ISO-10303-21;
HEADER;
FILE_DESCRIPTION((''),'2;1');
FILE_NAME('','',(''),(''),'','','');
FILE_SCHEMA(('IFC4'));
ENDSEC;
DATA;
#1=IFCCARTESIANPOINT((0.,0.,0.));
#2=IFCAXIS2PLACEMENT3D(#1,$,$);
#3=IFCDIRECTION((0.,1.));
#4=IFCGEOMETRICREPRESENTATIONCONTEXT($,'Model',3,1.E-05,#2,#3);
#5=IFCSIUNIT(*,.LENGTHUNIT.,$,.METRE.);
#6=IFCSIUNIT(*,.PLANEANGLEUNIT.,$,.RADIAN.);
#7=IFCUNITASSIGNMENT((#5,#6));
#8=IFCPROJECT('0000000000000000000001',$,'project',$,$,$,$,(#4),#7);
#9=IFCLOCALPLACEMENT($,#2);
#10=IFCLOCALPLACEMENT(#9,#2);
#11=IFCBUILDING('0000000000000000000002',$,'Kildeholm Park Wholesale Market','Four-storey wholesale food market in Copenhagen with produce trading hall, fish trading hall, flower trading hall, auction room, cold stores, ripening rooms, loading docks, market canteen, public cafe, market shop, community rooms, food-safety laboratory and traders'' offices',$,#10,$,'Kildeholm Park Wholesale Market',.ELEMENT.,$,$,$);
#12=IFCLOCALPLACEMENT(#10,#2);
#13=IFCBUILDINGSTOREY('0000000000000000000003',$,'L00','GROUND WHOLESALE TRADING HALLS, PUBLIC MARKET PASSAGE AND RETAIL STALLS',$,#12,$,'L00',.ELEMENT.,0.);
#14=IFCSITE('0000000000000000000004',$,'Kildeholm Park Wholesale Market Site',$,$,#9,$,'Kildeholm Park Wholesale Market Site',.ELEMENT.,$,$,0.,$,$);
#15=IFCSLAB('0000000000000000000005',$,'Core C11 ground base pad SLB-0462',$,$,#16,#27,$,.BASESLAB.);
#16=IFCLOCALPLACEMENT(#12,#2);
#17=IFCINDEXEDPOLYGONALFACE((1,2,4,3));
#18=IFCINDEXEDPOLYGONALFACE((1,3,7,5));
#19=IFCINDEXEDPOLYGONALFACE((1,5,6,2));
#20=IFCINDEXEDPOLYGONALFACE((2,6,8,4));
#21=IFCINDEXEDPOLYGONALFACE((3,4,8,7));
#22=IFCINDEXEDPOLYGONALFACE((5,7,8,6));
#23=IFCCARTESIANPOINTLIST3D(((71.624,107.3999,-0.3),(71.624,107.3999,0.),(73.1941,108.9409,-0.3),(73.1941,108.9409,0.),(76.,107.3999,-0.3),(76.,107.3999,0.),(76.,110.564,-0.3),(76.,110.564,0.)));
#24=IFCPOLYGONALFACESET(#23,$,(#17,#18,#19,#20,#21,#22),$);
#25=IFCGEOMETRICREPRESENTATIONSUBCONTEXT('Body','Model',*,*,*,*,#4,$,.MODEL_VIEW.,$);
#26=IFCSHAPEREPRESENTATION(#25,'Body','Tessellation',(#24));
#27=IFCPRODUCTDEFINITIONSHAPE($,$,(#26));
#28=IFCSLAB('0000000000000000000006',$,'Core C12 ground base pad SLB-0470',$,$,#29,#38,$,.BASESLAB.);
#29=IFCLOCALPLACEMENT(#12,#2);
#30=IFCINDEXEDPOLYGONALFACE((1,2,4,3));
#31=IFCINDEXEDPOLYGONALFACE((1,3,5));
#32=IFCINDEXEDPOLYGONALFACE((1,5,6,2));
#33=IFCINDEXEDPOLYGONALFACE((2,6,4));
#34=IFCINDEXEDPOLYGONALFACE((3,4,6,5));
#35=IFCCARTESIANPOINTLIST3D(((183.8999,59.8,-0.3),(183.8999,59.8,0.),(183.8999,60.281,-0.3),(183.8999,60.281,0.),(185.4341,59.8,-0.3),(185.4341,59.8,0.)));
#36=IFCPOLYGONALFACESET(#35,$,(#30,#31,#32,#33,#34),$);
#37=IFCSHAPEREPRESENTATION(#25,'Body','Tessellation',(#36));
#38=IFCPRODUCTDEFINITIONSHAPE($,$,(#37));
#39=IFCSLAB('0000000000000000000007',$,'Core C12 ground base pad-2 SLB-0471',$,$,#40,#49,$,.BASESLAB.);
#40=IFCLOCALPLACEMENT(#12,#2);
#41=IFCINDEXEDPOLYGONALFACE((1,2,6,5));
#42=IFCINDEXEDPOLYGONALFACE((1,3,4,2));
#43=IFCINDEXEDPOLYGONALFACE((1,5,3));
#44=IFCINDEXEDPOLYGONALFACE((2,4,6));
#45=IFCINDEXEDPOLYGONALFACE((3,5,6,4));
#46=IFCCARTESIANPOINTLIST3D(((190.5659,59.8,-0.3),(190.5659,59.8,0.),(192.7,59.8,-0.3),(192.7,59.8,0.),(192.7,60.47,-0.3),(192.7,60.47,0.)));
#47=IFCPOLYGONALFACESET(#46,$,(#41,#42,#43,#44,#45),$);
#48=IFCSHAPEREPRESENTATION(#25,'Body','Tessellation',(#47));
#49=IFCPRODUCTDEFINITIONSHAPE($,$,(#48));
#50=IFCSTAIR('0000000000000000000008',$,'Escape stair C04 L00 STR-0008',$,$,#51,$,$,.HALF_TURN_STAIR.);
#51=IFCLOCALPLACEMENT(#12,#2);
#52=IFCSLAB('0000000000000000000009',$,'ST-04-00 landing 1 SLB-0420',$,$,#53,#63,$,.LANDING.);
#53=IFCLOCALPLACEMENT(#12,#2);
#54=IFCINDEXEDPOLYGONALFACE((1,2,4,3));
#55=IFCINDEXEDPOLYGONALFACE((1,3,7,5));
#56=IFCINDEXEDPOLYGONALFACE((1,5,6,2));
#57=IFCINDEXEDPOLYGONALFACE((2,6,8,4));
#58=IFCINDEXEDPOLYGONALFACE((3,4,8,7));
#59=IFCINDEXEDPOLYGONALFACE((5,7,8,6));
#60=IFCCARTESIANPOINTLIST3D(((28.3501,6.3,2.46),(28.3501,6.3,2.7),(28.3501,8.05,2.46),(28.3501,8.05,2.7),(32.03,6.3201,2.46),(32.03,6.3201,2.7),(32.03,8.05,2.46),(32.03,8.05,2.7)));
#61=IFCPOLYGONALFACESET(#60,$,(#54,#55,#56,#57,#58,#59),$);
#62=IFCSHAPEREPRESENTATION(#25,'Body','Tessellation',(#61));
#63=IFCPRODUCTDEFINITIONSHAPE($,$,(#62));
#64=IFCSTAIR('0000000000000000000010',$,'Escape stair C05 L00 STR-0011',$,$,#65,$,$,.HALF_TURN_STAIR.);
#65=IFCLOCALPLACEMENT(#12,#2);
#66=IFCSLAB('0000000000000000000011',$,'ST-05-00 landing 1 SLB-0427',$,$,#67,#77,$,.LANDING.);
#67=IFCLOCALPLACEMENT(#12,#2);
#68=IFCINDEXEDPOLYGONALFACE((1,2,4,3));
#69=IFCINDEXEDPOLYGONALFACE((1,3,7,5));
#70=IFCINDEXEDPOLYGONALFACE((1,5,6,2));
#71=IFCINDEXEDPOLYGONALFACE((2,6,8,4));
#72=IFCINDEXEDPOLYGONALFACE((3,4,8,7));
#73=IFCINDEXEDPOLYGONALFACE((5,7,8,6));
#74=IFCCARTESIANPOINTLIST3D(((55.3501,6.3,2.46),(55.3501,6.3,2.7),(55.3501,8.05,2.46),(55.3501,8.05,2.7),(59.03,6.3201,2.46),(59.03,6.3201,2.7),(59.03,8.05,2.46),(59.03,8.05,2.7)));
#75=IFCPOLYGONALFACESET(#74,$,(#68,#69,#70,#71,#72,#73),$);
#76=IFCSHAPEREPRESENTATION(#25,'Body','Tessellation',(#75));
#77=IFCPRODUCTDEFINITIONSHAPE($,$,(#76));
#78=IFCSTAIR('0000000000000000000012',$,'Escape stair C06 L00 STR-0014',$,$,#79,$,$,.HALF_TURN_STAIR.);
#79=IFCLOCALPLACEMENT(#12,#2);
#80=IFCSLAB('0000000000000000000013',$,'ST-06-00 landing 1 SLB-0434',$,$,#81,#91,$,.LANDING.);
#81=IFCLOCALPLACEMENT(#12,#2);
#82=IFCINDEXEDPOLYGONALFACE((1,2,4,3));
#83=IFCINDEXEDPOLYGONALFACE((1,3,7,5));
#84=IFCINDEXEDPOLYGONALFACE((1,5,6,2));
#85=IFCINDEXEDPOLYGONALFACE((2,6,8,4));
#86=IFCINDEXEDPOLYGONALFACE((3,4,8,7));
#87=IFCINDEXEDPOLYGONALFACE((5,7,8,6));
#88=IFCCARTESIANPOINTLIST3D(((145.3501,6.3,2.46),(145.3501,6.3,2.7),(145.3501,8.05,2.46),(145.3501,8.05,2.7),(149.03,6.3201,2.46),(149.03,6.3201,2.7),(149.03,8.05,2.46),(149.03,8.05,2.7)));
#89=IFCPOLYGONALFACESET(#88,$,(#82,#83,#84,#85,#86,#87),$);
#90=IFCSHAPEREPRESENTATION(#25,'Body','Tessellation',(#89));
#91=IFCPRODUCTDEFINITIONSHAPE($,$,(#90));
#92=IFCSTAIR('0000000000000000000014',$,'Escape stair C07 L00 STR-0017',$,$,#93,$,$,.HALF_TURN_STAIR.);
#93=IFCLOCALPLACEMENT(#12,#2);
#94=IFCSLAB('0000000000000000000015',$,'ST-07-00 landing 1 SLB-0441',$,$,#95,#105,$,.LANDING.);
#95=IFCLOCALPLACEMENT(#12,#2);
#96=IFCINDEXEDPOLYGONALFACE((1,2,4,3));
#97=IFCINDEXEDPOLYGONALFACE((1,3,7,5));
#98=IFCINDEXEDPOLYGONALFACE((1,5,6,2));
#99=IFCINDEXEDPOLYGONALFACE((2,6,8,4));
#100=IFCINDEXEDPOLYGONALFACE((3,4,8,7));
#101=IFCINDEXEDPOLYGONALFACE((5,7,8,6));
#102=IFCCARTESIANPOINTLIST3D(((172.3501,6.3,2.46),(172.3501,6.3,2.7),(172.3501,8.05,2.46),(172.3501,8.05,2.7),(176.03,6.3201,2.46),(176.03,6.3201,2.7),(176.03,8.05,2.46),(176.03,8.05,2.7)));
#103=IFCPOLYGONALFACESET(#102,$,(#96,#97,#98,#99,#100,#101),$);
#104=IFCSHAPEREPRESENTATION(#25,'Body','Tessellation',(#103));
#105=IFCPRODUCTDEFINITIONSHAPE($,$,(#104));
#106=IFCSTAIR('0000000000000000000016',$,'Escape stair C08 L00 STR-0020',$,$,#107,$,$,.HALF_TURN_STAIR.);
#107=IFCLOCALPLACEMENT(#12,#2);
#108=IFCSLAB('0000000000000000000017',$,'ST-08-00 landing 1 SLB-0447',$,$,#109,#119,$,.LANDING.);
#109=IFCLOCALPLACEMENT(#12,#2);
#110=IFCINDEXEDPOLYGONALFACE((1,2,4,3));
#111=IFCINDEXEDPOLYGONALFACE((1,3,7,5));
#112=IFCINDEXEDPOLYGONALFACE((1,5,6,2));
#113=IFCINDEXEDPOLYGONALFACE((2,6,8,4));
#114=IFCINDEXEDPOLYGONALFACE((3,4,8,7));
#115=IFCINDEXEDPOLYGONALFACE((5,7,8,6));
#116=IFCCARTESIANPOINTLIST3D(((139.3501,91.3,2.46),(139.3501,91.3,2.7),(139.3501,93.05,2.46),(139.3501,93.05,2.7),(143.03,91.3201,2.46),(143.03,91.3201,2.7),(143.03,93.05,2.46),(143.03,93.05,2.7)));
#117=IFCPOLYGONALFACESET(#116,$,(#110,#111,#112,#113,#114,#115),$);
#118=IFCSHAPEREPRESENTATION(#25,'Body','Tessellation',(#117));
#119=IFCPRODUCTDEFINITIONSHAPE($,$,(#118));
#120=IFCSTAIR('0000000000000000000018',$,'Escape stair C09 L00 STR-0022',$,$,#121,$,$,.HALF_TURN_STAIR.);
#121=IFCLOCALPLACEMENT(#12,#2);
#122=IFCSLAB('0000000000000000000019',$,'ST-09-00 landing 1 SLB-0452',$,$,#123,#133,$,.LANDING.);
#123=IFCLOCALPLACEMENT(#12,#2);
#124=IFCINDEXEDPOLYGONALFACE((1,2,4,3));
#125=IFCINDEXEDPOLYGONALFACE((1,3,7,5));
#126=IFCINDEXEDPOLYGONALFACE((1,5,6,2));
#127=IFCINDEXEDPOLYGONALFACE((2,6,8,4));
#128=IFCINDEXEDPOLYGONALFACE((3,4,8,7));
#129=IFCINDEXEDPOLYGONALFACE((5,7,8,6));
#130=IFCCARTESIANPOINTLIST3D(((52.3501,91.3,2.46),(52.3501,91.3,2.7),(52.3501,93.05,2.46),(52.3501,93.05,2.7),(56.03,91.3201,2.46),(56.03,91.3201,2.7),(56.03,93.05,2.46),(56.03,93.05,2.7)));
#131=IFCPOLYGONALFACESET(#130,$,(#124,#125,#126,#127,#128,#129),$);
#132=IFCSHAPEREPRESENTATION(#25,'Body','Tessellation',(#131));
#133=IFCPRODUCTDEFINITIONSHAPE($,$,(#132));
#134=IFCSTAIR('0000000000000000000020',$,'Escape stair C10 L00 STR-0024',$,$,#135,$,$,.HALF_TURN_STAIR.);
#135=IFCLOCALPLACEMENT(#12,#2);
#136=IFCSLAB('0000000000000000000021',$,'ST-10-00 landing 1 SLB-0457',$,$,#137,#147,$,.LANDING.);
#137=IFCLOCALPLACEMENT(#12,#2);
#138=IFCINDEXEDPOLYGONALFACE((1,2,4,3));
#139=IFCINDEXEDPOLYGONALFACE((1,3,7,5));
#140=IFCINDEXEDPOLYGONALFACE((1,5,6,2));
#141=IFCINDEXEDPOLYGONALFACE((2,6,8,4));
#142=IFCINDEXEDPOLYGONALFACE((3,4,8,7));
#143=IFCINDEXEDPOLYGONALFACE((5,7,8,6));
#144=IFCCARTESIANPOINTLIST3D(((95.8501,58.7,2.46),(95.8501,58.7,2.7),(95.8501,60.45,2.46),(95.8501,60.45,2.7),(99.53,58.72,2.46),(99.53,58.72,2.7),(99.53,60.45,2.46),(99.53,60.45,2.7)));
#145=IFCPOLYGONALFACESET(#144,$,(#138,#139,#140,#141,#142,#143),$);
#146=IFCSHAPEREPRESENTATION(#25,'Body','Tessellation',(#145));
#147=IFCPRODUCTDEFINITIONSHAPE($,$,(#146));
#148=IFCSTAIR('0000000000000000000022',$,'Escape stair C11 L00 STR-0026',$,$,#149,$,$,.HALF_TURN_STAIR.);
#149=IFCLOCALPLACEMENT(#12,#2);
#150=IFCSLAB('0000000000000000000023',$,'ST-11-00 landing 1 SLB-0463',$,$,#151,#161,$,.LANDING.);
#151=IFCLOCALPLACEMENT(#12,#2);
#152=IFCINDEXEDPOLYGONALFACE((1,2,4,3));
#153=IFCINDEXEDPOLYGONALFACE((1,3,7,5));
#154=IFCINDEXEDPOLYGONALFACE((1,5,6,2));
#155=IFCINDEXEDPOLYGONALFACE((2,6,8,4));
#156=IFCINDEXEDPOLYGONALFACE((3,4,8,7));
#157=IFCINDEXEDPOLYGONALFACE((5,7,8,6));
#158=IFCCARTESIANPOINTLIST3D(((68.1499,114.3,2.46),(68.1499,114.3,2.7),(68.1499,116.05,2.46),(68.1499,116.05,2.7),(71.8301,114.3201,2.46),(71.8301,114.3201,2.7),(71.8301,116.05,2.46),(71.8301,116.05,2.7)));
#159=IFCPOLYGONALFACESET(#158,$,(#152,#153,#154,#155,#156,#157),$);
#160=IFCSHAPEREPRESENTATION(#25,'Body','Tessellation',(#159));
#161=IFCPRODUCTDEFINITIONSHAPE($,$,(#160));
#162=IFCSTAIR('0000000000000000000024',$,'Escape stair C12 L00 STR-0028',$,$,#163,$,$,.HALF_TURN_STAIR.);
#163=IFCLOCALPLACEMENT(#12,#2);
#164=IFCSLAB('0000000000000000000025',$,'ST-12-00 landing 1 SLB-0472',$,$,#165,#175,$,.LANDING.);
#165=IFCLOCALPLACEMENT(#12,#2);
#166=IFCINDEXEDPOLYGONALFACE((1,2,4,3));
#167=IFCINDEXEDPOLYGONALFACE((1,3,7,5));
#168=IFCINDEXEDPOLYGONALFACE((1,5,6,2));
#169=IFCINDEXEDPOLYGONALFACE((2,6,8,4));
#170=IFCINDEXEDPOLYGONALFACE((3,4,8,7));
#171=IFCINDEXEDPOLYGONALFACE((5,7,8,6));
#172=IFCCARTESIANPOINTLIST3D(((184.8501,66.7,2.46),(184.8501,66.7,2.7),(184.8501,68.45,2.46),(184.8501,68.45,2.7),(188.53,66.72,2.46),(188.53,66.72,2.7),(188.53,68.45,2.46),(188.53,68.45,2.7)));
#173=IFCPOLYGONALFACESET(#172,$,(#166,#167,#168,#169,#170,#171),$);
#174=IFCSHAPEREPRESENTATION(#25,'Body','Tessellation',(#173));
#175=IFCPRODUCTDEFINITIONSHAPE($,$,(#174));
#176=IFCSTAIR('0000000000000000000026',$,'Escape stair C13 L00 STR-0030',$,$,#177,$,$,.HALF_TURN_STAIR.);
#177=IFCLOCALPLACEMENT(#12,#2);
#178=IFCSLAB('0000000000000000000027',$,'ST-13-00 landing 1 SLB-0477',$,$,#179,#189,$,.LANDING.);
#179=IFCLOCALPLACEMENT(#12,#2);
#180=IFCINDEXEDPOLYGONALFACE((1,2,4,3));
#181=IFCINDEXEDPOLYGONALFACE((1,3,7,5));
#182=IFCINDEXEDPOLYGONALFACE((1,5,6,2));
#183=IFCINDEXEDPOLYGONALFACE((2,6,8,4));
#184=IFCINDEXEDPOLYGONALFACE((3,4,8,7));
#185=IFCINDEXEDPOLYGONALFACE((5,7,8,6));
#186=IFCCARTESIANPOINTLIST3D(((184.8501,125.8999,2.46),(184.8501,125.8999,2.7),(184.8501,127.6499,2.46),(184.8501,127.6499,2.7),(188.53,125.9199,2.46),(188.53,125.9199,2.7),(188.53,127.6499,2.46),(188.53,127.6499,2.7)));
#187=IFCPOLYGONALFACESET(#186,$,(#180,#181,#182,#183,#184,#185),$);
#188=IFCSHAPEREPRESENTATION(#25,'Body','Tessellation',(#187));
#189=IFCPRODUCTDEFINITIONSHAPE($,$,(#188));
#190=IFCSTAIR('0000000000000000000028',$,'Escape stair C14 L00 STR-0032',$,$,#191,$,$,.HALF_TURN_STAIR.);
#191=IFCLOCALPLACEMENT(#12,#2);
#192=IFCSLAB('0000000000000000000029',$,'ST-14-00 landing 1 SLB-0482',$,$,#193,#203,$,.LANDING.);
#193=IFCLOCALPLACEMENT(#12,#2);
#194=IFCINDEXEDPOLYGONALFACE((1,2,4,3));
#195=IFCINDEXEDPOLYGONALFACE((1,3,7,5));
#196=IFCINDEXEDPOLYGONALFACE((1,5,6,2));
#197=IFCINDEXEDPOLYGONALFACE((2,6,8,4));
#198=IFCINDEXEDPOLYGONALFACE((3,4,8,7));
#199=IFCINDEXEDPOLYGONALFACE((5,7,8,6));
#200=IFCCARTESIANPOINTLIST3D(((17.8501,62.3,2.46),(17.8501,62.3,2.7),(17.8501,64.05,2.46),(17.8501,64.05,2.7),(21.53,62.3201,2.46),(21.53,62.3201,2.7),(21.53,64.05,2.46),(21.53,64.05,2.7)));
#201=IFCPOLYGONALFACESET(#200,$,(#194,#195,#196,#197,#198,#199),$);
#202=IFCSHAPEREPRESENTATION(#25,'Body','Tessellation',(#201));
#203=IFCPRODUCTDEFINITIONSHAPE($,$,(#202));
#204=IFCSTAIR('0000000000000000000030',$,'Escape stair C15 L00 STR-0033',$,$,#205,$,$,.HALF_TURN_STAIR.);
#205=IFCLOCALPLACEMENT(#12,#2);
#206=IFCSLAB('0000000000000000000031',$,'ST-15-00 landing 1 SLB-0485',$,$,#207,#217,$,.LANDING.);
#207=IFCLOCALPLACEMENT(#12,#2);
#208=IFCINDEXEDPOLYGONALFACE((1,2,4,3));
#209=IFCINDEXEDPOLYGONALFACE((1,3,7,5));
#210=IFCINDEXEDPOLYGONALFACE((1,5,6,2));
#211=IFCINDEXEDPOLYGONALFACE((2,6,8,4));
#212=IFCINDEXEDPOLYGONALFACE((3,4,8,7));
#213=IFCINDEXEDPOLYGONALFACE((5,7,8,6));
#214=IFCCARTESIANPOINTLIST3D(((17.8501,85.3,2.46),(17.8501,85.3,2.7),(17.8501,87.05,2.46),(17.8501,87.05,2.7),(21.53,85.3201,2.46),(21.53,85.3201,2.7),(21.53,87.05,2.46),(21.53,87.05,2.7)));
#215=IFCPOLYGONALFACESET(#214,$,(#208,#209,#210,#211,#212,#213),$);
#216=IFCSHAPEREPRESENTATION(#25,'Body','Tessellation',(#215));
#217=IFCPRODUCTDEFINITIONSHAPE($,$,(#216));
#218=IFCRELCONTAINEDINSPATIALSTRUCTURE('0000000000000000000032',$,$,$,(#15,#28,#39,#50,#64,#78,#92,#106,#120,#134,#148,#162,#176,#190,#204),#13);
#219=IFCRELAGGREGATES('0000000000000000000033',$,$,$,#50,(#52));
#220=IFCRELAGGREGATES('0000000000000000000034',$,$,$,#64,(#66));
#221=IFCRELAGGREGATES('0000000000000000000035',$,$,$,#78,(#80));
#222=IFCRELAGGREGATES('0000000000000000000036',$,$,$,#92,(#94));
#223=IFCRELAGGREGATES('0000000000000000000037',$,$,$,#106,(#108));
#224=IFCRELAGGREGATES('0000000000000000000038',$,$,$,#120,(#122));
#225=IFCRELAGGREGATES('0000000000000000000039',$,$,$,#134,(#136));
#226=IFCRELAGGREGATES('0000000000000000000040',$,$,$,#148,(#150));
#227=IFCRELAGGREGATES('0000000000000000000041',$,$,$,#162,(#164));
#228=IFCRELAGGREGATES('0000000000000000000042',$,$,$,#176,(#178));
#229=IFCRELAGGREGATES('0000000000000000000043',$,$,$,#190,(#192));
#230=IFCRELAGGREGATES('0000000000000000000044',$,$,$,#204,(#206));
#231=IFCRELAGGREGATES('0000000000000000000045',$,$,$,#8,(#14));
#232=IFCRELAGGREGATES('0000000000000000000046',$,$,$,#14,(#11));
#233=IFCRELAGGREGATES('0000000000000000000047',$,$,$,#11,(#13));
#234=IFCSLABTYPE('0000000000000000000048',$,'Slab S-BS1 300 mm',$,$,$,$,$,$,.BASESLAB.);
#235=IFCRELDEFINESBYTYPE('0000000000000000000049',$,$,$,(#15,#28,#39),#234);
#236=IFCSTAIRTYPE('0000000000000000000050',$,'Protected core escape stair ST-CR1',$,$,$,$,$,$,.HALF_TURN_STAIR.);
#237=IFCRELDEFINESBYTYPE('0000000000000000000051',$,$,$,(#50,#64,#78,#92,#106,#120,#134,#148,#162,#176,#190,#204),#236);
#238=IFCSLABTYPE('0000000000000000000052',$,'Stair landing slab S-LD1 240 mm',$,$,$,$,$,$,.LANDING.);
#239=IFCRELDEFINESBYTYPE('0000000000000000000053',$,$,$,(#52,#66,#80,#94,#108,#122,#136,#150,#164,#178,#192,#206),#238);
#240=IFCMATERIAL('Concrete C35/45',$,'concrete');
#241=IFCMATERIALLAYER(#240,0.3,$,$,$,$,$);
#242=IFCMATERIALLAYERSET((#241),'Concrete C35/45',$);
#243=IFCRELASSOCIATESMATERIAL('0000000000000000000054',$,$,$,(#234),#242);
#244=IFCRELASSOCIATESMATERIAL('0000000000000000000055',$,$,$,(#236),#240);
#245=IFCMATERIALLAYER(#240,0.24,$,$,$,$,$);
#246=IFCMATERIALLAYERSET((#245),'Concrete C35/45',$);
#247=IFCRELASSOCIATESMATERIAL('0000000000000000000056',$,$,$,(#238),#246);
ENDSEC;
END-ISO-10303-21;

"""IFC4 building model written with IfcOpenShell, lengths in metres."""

from ifc_helpers import new_model, si_unit, direction, frame, origin, place, context, subcontext, project, spatial, polyline, outline, extrude, material, layer, layer_set, type_object, element, aggregate, save


model = new_model("IFC4")

# Units and contexts
model_context = context("Model", 3, precision=1e-05, world=origin(), true_north=direction((0.0, 1.0)))
body_context = subcontext(model_context, "Body", "Model", "MODEL_VIEW")
ifc_project = project(units=[si_unit("LENGTHUNIT", "METRE"), si_unit("PLANEANGLEUNIT", "RADIAN")], contexts=[model_context])

# Site, building, storey
site_placement = place(None, origin())
site = spatial("IfcSite", under=ifc_project, at=site_placement, Name="Kildeholm Park Wholesale Market Site", LongName="Kildeholm Park Wholesale Market Site", CompositionType="ELEMENT", RefElevation=0.0)
building_placement = place(site_placement, origin())
building = spatial("IfcBuilding", under=site, at=building_placement, Name="Kildeholm Park Wholesale Market", Description="Four-storey wholesale food market in Copenhagen with produce trading hall, fish trading hall, flower trading hall, auction room, cold stores, ripening rooms, loading docks, market canteen, public cafe, market shop, community rooms, food-safety laboratory and traders' offices", LongName="Kildeholm Park Wholesale Market", CompositionType="ELEMENT")
storey_placement = place(building_placement, origin())
storey = spatial("IfcBuildingStorey", under=building, at=storey_placement, Name="L00", Description="GROUND WHOLESALE TRADING HALLS, PUBLIC MARKET PASSAGE AND RETAIL STALLS", LongName="L00", CompositionType="ELEMENT", Elevation=0.0)

# Shared definitions
ifc_material_1 = material(Name="Concrete C35/45", Category="concrete")

# Slabs
ifc_layer_1 = layer(ifc_material_1, 0.3)
ifc_layer_set_1 = layer_set([ifc_layer_1], Name="Concrete C35/45")
slab_type_1 = type_object("IfcSlabType", Name="Slab S-BS1 300 mm", PredefinedType="BASESLAB", material=ifc_layer_set_1)
slab_1_placement = place(storey_placement, frame((0.0, 0.0, -0.3)))
element("IfcSlab", 1, at=slab_1_placement, inside=storey, type_object=slab_type_1, Name="Core C11 ground base pad SLB-0462", PredefinedType="BASESLAB", context=body_context, shape_type="SweptSolid", body=[
    extrude(outline(polyline([(76.0, 107.3999), (71.624, 107.3999), (73.1941, 108.9409), (76.0, 110.564), (76.0, 107.3999)])), origin(), (0.0, 0.0, 1.0), 0.3),
])
slab_2_placement = place(storey_placement, frame((0.0, 0.0, -0.3)))
element("IfcSlab", 2, at=slab_2_placement, inside=storey, type_object=slab_type_1, Name="Core C12 ground base pad SLB-0470", PredefinedType="BASESLAB", context=body_context, shape_type="SweptSolid", body=[
    extrude(outline(polyline([(183.8999, 59.8), (183.8999, 60.281), (185.4341, 59.8), (183.8999, 59.8)])), origin(), (0.0, 0.0, 1.0), 0.3),
])
slab_3_placement = place(storey_placement, frame((0.0, 0.0, -0.3)))
element("IfcSlab", 3, at=slab_3_placement, inside=storey, type_object=slab_type_1, Name="Core C12 ground base pad-2 SLB-0471", PredefinedType="BASESLAB", context=body_context, shape_type="SweptSolid", body=[
    extrude(outline(polyline([(192.7, 59.8), (190.5659, 59.8), (192.7, 60.47), (192.7, 59.8)])), origin(), (0.0, 0.0, 1.0), 0.3),
])

# Stairs, slabs
stair_type_1 = type_object("IfcStairType", Name="Protected core escape stair ST-CR1", PredefinedType="HALF_TURN_STAIR", material=ifc_material_1)
stair_1_placement = place(storey_placement, origin())
stair_1 = element("IfcStair", 4, at=stair_1_placement, inside=storey, type_object=stair_type_1, Name="Escape stair C04 L00 STR-0008", PredefinedType="HALF_TURN_STAIR")
ifc_layer_2 = layer(ifc_material_1, 0.24)
ifc_layer_set_2 = layer_set([ifc_layer_2], Name="Concrete C35/45")
slab_type_2 = type_object("IfcSlabType", Name="Stair landing slab S-LD1 240 mm", PredefinedType="LANDING", material=ifc_layer_set_2)
slab_4_placement = place(storey_placement, frame((0.0, 0.0, 2.46)))
slab_4 = element("IfcSlab", 5, at=slab_4_placement, type_object=slab_type_2, Name="ST-04-00 landing 1 SLB-0420", PredefinedType="LANDING", context=body_context, shape_type="SweptSolid", body=[
    extrude(outline(polyline([(28.3501, 6.3), (32.03, 6.3201), (32.03, 8.05), (28.3501, 8.05), (28.3501, 6.3)])), origin(), (0.0, 0.0, 1.0), 0.24),
])
aggregate(stair_1, [slab_4])
stair_2_placement = place(storey_placement, origin())
stair_2 = element("IfcStair", 6, at=stair_2_placement, inside=storey, type_object=stair_type_1, Name="Escape stair C05 L00 STR-0011", PredefinedType="HALF_TURN_STAIR")
slab_5_placement = place(storey_placement, frame((0.0, 0.0, 2.46)))
slab_5 = element("IfcSlab", 7, at=slab_5_placement, type_object=slab_type_2, Name="ST-05-00 landing 1 SLB-0427", PredefinedType="LANDING", context=body_context, shape_type="SweptSolid", body=[
    extrude(outline(polyline([(55.3501, 6.3), (59.03, 6.3201), (59.03, 8.05), (55.3501, 8.05), (55.3501, 6.3)])), origin(), (0.0, 0.0, 1.0), 0.24),
])
aggregate(stair_2, [slab_5])
stair_3_placement = place(storey_placement, origin())
stair_3 = element("IfcStair", 8, at=stair_3_placement, inside=storey, type_object=stair_type_1, Name="Escape stair C06 L00 STR-0014", PredefinedType="HALF_TURN_STAIR")
slab_6_placement = place(storey_placement, frame((0.0, 0.0, 2.46)))
slab_6 = element("IfcSlab", 9, at=slab_6_placement, type_object=slab_type_2, Name="ST-06-00 landing 1 SLB-0434", PredefinedType="LANDING", context=body_context, shape_type="SweptSolid", body=[
    extrude(outline(polyline([(145.3501, 6.3), (149.03, 6.3201), (149.03, 8.05), (145.3501, 8.05), (145.3501, 6.3)])), origin(), (0.0, 0.0, 1.0), 0.24),
])
aggregate(stair_3, [slab_6])
stair_4_placement = place(storey_placement, origin())
stair_4 = element("IfcStair", 10, at=stair_4_placement, inside=storey, type_object=stair_type_1, Name="Escape stair C07 L00 STR-0017", PredefinedType="HALF_TURN_STAIR")
slab_7_placement = place(storey_placement, frame((0.0, 0.0, 2.46)))
slab_7 = element("IfcSlab", 11, at=slab_7_placement, type_object=slab_type_2, Name="ST-07-00 landing 1 SLB-0441", PredefinedType="LANDING", context=body_context, shape_type="SweptSolid", body=[
    extrude(outline(polyline([(172.3501, 6.3), (176.03, 6.3201), (176.03, 8.05), (172.3501, 8.05), (172.3501, 6.3)])), origin(), (0.0, 0.0, 1.0), 0.24),
])
aggregate(stair_4, [slab_7])
stair_5_placement = place(storey_placement, origin())
stair_5 = element("IfcStair", 12, at=stair_5_placement, inside=storey, type_object=stair_type_1, Name="Escape stair C08 L00 STR-0020", PredefinedType="HALF_TURN_STAIR")
slab_8_placement = place(storey_placement, frame((0.0, 0.0, 2.46)))
slab_8 = element("IfcSlab", 13, at=slab_8_placement, type_object=slab_type_2, Name="ST-08-00 landing 1 SLB-0447", PredefinedType="LANDING", context=body_context, shape_type="SweptSolid", body=[
    extrude(outline(polyline([(139.3501, 91.3), (143.03, 91.3201), (143.03, 93.05), (139.3501, 93.05), (139.3501, 91.3)])), origin(), (0.0, 0.0, 1.0), 0.24),
])
aggregate(stair_5, [slab_8])
stair_6_placement = place(storey_placement, origin())
stair_6 = element("IfcStair", 14, at=stair_6_placement, inside=storey, type_object=stair_type_1, Name="Escape stair C09 L00 STR-0022", PredefinedType="HALF_TURN_STAIR")
slab_9_placement = place(storey_placement, frame((0.0, 0.0, 2.46)))
slab_9 = element("IfcSlab", 15, at=slab_9_placement, type_object=slab_type_2, Name="ST-09-00 landing 1 SLB-0452", PredefinedType="LANDING", context=body_context, shape_type="SweptSolid", body=[
    extrude(outline(polyline([(52.3501, 91.3), (56.03, 91.3201), (56.03, 93.05), (52.3501, 93.05), (52.3501, 91.3)])), origin(), (0.0, 0.0, 1.0), 0.24),
])
aggregate(stair_6, [slab_9])
stair_7_placement = place(storey_placement, origin())
stair_7 = element("IfcStair", 16, at=stair_7_placement, inside=storey, type_object=stair_type_1, Name="Escape stair C10 L00 STR-0024", PredefinedType="HALF_TURN_STAIR")
slab_10_placement = place(storey_placement, frame((0.0, 0.0, 2.46)))
slab_10 = element("IfcSlab", 17, at=slab_10_placement, type_object=slab_type_2, Name="ST-10-00 landing 1 SLB-0457", PredefinedType="LANDING", context=body_context, shape_type="SweptSolid", body=[
    extrude(outline(polyline([(95.8501, 58.7), (99.53, 58.72), (99.53, 60.45), (95.8501, 60.45), (95.8501, 58.7)])), origin(), (0.0, 0.0, 1.0), 0.24),
])
aggregate(stair_7, [slab_10])
stair_8_placement = place(storey_placement, origin())
stair_8 = element("IfcStair", 18, at=stair_8_placement, inside=storey, type_object=stair_type_1, Name="Escape stair C11 L00 STR-0026", PredefinedType="HALF_TURN_STAIR")
slab_11_placement = place(storey_placement, frame((0.0, 0.0, 2.46)))
slab_11 = element("IfcSlab", 19, at=slab_11_placement, type_object=slab_type_2, Name="ST-11-00 landing 1 SLB-0463", PredefinedType="LANDING", context=body_context, shape_type="SweptSolid", body=[
    extrude(outline(polyline([(68.1499, 114.3), (71.8301, 114.3201), (71.8301, 116.05), (68.1499, 116.05), (68.1499, 114.3)])), origin(), (0.0, 0.0, 1.0), 0.24),
])
aggregate(stair_8, [slab_11])
stair_9_placement = place(storey_placement, origin())
stair_9 = element("IfcStair", 20, at=stair_9_placement, inside=storey, type_object=stair_type_1, Name="Escape stair C12 L00 STR-0028", PredefinedType="HALF_TURN_STAIR")
slab_12_placement = place(storey_placement, frame((0.0, 0.0, 2.46)))
slab_12 = element("IfcSlab", 21, at=slab_12_placement, type_object=slab_type_2, Name="ST-12-00 landing 1 SLB-0472", PredefinedType="LANDING", context=body_context, shape_type="SweptSolid", body=[
    extrude(outline(polyline([(184.8501, 66.7), (188.53, 66.72), (188.53, 68.45), (184.8501, 68.45), (184.8501, 66.7)])), origin(), (0.0, 0.0, 1.0), 0.24),
])
aggregate(stair_9, [slab_12])
stair_10_placement = place(storey_placement, origin())
stair_10 = element("IfcStair", 22, at=stair_10_placement, inside=storey, type_object=stair_type_1, Name="Escape stair C13 L00 STR-0030", PredefinedType="HALF_TURN_STAIR")
slab_13_placement = place(storey_placement, frame((0.0, 0.0, 2.46)))
slab_13 = element("IfcSlab", 23, at=slab_13_placement, type_object=slab_type_2, Name="ST-13-00 landing 1 SLB-0477", PredefinedType="LANDING", context=body_context, shape_type="SweptSolid", body=[
    extrude(outline(polyline([(184.8501, 125.8999), (188.53, 125.9199), (188.53, 127.6499), (184.8501, 127.6499), (184.8501, 125.8999)])), origin(), (0.0, 0.0, 1.0), 0.24),
])
aggregate(stair_10, [slab_13])
stair_11_placement = place(storey_placement, origin())
stair_11 = element("IfcStair", 24, at=stair_11_placement, inside=storey, type_object=stair_type_1, Name="Escape stair C14 L00 STR-0032", PredefinedType="HALF_TURN_STAIR")
slab_14_placement = place(storey_placement, frame((0.0, 0.0, 2.46)))
slab_14 = element("IfcSlab", 25, at=slab_14_placement, type_object=slab_type_2, Name="ST-14-00 landing 1 SLB-0482", PredefinedType="LANDING", context=body_context, shape_type="SweptSolid", body=[
    extrude(outline(polyline([(17.8501, 62.3), (21.53, 62.3201), (21.53, 64.05), (17.8501, 64.05), (17.8501, 62.3)])), origin(), (0.0, 0.0, 1.0), 0.24),
])
aggregate(stair_11, [slab_14])
stair_12_placement = place(storey_placement, origin())
stair_12 = element("IfcStair", 26, at=stair_12_placement, inside=storey, type_object=stair_type_1, Name="Escape stair C15 L00 STR-0033", PredefinedType="HALF_TURN_STAIR")
slab_15_placement = place(storey_placement, frame((0.0, 0.0, 2.46)))
slab_15 = element("IfcSlab", 27, at=slab_15_placement, type_object=slab_type_2, Name="ST-15-00 landing 1 SLB-0485", PredefinedType="LANDING", context=body_context, shape_type="SweptSolid", body=[
    extrude(outline(polyline([(17.8501, 85.3), (21.53, 85.3201), (21.53, 87.05), (17.8501, 87.05), (17.8501, 85.3)])), origin(), (0.0, 0.0, 1.0), 0.24),
])
aggregate(stair_12, [slab_15])

save(model, "model.ifc")
